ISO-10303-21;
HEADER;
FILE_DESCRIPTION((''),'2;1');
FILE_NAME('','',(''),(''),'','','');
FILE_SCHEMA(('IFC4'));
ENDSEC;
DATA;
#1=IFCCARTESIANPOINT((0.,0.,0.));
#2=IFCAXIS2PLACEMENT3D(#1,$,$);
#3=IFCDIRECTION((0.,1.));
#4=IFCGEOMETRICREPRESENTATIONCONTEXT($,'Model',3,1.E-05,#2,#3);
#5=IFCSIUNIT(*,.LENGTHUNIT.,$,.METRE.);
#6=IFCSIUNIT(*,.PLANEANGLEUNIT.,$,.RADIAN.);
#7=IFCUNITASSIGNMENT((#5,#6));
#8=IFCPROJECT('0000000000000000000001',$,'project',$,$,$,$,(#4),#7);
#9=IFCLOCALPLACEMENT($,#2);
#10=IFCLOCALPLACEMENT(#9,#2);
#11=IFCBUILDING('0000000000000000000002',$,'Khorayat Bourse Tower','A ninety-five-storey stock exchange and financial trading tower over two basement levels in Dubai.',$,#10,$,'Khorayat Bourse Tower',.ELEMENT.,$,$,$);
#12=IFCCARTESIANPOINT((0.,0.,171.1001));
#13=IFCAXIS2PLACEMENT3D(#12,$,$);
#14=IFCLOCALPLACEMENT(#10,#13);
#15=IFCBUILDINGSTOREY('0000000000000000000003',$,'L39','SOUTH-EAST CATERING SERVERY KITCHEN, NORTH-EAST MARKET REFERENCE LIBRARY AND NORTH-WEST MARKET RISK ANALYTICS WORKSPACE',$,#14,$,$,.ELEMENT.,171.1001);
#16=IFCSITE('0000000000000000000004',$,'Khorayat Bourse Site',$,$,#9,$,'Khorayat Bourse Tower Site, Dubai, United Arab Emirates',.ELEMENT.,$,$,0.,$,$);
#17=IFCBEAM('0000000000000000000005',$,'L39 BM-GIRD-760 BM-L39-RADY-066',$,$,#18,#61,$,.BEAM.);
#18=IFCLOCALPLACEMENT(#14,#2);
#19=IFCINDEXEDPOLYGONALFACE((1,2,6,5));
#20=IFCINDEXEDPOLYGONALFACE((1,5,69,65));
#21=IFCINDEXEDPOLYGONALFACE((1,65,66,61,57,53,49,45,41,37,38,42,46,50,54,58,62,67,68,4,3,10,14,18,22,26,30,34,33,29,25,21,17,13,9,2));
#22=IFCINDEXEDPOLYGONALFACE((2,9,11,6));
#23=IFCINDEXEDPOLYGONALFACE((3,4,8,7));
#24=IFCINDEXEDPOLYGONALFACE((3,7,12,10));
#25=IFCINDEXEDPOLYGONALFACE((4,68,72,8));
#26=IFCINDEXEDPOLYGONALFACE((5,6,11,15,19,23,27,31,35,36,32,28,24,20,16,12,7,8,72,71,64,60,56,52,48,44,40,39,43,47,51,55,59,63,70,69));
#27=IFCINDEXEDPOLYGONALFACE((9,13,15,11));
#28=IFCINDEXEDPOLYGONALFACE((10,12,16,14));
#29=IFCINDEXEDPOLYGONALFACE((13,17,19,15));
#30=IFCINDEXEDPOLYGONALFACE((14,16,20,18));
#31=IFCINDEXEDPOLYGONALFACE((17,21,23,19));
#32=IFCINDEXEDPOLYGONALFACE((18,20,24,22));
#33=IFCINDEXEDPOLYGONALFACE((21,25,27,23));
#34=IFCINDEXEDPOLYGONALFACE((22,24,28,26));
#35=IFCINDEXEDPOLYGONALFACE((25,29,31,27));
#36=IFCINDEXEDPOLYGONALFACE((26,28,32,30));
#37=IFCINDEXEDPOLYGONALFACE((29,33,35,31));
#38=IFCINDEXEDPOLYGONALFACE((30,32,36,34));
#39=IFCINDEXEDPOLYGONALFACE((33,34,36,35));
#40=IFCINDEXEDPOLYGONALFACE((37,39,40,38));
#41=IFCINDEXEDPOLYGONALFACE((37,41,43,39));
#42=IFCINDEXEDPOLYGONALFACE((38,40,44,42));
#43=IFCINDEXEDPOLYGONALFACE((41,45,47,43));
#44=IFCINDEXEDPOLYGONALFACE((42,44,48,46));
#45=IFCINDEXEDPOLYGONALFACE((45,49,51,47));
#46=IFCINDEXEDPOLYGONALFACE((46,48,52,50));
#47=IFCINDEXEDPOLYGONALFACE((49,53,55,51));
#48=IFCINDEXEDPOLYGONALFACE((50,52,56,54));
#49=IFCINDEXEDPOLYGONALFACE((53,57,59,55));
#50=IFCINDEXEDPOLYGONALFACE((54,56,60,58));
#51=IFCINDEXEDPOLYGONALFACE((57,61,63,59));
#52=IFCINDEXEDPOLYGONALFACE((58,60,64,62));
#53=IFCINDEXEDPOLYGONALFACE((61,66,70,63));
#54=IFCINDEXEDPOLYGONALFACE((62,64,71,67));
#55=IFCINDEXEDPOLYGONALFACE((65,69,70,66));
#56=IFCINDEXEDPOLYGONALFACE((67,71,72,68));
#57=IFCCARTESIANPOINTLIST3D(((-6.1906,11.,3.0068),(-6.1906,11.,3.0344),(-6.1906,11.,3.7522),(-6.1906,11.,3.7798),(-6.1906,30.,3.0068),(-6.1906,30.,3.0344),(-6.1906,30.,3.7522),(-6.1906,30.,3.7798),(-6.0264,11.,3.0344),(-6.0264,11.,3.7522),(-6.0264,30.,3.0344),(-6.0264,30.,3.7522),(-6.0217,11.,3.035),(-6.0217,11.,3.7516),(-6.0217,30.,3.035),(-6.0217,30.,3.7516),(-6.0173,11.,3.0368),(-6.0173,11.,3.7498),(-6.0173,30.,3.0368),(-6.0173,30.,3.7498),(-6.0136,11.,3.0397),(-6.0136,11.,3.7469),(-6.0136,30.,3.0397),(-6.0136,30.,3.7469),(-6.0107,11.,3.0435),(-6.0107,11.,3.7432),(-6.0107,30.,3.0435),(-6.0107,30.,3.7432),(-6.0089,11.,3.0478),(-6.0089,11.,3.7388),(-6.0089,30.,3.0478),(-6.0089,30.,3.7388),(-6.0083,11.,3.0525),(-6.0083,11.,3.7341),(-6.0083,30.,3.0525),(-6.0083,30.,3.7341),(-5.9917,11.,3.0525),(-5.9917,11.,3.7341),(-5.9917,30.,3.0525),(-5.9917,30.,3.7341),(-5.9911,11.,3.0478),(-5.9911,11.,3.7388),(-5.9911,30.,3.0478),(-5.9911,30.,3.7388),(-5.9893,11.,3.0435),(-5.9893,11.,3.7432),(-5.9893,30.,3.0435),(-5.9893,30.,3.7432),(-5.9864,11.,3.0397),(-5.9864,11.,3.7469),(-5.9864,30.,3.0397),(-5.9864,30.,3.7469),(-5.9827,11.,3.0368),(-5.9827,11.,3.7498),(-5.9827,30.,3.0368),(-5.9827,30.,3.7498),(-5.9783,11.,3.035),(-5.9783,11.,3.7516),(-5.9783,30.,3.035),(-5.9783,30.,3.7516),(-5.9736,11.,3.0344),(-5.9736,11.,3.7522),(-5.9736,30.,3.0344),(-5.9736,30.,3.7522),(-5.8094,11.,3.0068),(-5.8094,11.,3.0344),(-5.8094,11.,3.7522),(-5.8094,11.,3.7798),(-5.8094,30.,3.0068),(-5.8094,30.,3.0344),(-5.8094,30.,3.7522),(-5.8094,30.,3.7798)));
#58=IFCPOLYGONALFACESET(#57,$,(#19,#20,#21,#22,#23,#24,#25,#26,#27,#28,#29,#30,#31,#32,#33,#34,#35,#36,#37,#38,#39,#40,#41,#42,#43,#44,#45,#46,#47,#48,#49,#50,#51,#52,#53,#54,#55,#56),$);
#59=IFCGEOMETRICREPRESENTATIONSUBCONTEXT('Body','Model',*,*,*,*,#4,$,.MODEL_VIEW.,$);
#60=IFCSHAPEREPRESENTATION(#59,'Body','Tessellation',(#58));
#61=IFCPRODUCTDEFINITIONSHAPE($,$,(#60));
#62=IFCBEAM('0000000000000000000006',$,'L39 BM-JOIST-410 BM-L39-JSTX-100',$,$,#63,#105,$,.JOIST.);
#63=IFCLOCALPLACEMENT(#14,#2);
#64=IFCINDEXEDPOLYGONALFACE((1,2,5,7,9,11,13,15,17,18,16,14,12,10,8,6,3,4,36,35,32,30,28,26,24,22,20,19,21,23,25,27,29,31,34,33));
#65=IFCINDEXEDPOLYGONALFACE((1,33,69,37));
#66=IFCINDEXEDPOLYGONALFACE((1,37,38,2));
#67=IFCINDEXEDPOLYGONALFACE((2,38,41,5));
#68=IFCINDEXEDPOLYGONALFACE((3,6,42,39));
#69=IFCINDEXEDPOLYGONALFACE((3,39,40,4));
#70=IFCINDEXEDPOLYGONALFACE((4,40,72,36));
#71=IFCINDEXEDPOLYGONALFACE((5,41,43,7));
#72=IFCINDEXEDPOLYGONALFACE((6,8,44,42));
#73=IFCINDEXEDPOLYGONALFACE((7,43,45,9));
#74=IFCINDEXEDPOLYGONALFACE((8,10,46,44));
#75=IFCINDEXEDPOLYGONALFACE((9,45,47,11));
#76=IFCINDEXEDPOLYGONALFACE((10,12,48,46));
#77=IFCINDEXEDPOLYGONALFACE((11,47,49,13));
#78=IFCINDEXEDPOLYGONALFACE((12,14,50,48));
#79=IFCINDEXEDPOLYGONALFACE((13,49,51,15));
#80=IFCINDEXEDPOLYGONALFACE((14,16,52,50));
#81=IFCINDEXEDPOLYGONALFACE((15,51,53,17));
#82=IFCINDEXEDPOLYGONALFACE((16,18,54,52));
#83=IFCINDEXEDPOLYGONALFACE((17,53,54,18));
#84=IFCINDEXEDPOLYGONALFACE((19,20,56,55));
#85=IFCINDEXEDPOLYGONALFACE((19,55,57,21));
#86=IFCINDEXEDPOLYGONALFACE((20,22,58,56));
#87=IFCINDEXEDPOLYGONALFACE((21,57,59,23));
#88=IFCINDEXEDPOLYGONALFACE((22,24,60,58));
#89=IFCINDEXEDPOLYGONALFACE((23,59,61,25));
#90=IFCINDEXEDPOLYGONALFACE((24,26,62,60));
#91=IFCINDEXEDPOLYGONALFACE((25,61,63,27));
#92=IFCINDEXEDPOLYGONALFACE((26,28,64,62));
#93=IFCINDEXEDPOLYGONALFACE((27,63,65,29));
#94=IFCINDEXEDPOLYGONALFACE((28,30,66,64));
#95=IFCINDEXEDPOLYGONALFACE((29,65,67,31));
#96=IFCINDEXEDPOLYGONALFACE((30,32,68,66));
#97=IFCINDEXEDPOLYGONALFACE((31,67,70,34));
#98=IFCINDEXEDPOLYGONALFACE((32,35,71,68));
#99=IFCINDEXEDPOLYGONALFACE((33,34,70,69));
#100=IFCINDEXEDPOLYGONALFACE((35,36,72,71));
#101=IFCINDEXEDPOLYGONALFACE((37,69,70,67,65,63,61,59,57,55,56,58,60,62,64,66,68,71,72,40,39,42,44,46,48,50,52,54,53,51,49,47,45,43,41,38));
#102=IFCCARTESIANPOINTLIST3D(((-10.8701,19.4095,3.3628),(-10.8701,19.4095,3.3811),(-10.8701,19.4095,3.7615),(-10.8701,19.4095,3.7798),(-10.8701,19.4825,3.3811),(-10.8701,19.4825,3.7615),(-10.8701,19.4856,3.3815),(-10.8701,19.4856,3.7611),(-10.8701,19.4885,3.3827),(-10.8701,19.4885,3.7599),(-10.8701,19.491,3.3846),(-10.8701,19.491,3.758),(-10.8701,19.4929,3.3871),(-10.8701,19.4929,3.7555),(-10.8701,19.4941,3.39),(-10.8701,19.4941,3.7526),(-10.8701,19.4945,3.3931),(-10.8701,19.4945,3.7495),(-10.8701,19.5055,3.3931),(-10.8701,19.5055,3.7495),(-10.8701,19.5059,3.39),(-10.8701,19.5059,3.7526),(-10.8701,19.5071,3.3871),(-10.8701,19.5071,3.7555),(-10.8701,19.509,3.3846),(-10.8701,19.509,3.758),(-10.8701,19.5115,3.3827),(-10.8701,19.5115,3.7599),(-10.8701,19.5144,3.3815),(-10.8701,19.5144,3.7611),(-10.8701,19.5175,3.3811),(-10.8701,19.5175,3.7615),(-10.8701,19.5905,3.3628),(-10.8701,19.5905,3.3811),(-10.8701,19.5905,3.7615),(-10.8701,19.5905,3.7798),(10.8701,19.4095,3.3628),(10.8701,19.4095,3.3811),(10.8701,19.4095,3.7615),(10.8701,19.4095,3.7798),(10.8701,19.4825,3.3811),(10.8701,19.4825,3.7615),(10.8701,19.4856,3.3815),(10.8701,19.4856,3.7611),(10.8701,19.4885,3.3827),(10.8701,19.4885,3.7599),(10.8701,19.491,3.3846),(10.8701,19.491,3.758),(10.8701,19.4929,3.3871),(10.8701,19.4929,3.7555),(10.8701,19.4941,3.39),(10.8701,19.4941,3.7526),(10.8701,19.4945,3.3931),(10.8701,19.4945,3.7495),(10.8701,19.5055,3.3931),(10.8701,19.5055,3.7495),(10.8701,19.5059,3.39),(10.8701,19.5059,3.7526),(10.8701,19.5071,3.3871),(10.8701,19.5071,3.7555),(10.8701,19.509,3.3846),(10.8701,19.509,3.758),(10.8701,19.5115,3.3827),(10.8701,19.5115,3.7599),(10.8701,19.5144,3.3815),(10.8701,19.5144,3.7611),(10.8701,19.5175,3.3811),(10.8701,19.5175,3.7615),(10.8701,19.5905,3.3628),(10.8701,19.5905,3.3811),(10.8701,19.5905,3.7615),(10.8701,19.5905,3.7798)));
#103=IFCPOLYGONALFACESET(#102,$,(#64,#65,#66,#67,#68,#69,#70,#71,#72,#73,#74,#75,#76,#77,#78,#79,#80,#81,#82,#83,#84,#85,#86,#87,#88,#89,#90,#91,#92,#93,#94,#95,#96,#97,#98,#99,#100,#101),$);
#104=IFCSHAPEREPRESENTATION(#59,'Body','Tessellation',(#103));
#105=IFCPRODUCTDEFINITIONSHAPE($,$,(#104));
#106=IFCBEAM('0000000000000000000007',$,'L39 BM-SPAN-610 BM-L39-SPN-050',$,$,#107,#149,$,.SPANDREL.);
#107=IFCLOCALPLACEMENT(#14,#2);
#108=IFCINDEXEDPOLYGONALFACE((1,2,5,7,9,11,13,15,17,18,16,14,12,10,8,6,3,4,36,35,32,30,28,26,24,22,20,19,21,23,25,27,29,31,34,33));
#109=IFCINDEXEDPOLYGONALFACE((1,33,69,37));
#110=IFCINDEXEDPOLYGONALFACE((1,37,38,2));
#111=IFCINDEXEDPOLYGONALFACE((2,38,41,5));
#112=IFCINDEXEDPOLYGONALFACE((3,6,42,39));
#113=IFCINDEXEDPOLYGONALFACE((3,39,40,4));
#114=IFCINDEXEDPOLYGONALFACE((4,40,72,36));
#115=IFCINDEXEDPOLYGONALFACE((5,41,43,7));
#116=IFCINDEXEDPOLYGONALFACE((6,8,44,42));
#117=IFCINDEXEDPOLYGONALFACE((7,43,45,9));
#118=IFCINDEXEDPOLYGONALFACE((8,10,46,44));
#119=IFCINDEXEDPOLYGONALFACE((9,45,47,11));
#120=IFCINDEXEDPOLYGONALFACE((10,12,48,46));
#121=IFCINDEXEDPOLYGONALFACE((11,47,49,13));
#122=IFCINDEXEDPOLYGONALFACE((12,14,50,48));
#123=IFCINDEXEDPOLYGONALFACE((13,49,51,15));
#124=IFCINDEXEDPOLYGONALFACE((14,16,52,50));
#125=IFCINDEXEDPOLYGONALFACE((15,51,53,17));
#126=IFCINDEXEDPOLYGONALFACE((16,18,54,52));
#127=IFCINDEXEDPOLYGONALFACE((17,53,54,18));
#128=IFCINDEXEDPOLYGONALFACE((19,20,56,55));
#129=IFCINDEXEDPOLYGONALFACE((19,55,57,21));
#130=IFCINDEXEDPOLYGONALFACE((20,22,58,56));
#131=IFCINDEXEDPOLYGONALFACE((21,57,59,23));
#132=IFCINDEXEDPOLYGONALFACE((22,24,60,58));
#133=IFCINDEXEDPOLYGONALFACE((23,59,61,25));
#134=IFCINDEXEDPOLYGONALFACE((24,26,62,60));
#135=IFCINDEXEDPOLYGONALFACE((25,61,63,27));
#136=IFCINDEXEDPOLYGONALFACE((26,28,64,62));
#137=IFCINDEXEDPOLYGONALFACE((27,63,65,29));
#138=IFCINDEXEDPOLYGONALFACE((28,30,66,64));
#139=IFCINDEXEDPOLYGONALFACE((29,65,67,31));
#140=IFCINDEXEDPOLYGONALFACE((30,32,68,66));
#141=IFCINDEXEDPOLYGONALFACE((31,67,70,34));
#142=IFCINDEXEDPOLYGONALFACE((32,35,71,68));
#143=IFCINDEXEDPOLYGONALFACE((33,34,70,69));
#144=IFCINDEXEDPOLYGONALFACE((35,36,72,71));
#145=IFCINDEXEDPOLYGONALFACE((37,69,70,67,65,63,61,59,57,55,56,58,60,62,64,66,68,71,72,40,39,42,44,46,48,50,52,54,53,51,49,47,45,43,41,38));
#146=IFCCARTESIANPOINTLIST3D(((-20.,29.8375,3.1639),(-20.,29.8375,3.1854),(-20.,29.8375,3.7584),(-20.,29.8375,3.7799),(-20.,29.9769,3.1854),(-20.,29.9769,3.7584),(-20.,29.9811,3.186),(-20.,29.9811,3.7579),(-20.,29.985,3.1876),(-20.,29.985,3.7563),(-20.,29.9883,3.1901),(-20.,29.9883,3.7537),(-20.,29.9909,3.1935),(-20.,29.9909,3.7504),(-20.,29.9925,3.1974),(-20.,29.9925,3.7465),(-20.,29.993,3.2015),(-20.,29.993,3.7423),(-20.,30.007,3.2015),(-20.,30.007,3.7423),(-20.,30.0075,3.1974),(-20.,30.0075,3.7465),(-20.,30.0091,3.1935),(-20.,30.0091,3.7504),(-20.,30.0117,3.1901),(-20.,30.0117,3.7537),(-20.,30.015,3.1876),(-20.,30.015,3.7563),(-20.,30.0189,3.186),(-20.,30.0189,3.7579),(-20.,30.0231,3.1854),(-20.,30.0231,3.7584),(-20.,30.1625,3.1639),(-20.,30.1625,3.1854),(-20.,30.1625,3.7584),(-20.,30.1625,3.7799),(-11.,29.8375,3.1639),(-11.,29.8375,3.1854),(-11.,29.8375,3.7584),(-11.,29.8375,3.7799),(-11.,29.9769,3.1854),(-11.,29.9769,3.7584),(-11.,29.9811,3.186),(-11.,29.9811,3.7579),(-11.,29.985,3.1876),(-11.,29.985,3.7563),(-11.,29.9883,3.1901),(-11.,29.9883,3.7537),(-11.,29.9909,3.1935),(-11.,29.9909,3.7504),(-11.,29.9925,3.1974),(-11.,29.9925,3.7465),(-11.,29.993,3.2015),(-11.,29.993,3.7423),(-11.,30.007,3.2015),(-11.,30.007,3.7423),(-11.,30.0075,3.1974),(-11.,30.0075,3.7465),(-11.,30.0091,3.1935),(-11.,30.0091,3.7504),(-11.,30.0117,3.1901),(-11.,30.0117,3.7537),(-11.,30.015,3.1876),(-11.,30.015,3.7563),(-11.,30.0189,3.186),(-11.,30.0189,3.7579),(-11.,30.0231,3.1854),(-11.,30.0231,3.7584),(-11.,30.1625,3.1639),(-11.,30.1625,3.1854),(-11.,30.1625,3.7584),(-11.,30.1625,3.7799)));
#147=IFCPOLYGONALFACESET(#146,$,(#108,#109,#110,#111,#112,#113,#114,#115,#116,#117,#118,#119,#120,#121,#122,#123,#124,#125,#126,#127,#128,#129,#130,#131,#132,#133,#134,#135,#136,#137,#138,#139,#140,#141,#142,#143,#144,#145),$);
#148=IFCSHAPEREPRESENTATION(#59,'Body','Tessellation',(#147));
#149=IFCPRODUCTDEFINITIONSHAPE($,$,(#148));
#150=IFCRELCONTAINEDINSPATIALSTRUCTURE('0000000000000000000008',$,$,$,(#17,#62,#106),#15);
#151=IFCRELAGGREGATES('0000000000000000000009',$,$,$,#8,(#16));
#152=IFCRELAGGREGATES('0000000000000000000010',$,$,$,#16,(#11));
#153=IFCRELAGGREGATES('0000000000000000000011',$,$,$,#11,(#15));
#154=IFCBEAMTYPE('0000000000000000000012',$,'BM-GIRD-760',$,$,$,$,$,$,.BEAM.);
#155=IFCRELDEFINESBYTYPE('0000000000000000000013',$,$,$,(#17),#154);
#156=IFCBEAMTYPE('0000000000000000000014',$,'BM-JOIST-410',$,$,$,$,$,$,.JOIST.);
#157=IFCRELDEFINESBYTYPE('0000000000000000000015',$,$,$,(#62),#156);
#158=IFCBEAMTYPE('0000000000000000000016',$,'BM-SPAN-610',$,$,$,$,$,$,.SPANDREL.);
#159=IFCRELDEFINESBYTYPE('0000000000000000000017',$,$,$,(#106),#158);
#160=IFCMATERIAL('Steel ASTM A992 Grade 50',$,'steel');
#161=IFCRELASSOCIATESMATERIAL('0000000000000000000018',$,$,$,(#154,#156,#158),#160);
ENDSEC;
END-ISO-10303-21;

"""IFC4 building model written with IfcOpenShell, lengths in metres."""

from ifc_helpers import new_model, si_unit, direction, frame, origin, origin_2d, place, context, subcontext, project, spatial, i_section, extrude, source, transform, mapped, material, material_profile, profile_set, type_object, element, save


model = new_model("IFC4")

# Units and contexts
model_context = context("Model", 3, precision=1e-05, world=origin(), true_north=direction((0.0, 1.0)))
body_context = subcontext(model_context, "Body", "Model", "MODEL_VIEW")
ifc_project = project(units=[si_unit("LENGTHUNIT", "METRE"), si_unit("PLANEANGLEUNIT", "RADIAN")], contexts=[model_context])

# Site, building, storey
site_placement = place(None, origin())
site = spatial("IfcSite", under=ifc_project, at=site_placement, Name="Khorayat Bourse Site", LongName="Khorayat Bourse Tower Site, Dubai, United Arab Emirates", CompositionType="ELEMENT", RefElevation=0.0)
building_placement = place(site_placement, origin())
building = spatial("IfcBuilding", under=site, at=building_placement, Name="Khorayat Bourse Tower", Description="A ninety-five-storey stock exchange and financial trading tower over two basement levels in Dubai.", LongName="Khorayat Bourse Tower", CompositionType="ELEMENT")
storey_placement = place(building_placement, frame((0.0, 0.0, 171.1001)))
storey = spatial("IfcBuildingStorey", under=building, at=storey_placement, Name="L39", Description="SOUTH-EAST CATERING SERVERY KITCHEN, NORTH-EAST MARKET REFERENCE LIBRARY AND NORTH-WEST MARKET RISK ANALYTICS WORKSPACE", CompositionType="ELEMENT", Elevation=171.1001)

# Beams
ifc_material_1 = material(Name="Steel ASTM A992 Grade 50", Category="steel")
ifc_material_profile_1 = material_profile(ifc_material_1, i_section(OverallWidth=0.3811, OverallDepth=0.7729, WebThickness=0.0166, FlangeThickness=0.0276, FilletRadius=0.0181, at=origin_2d()), Name="W760X257")
ifc_profile_set_1 = profile_set([ifc_material_profile_1], Name="Steel ASTM A992 Grade 50")
beam_type_1 = type_object("IfcBeamType", Name="BM-GIRD-760", PredefinedType="BEAM", material=ifc_profile_set_1)
shared_shape_1 = source(origin(), body_context, "Body", "SweptSolid", [
    extrude(i_section(OverallWidth=0.3811, OverallDepth=0.7729, WebThickness=0.0166, FlangeThickness=0.0276, FilletRadius=0.0181, at=origin_2d()), origin(), (0.0, 0.0, 1.0), 19.0),
])
for number, where, z_axis, x_axis, name in (
    (1, (-6.0, 11.0, 3.3933), (0.0, 1.0, 0.0), (-1.0, 0.0, 0.0), "L39 BM-GIRD-760 BM-L39-RADY-066"),
):
    element("IfcBeam", number, at=place(storey_placement, frame(where, z_axis=z_axis, x_axis=x_axis)), inside=storey, type_object=beam_type_1, Name=name, PredefinedType="BEAM", context=body_context, shape_type="MappedRepresentation", body=[
        mapped(shared_shape_1, transform((0.0, 0.0, 0.0), scale=1.0)),
    ])
ifc_material_profile_2 = material_profile(ifc_material_1, i_section(OverallWidth=0.1809, OverallDepth=0.417, WebThickness=0.011, FlangeThickness=0.0183, FilletRadius=0.012, at=origin_2d()), Name="W410X85")
ifc_profile_set_2 = profile_set([ifc_material_profile_2], Name="Steel ASTM A992 Grade 50")
beam_type_2 = type_object("IfcBeamType", Name="BM-JOIST-410", PredefinedType="JOIST", material=ifc_profile_set_2)
shared_shape_2 = source(origin(), body_context, "Body", "SweptSolid", [
    extrude(i_section(OverallWidth=0.1809, OverallDepth=0.417, WebThickness=0.011, FlangeThickness=0.0183, FilletRadius=0.012, at=origin_2d()), origin(), (0.0, 0.0, 1.0), 21.7402),
])
beam_1_placement = place(storey_placement, frame((-10.8701, 19.5, 3.5713), z_axis=(1.0, 0.0, 0.0), x_axis=(0.0, 1.0, 0.0)))
element("IfcBeam", 2, at=beam_1_placement, inside=storey, type_object=beam_type_2, Name="L39 BM-JOIST-410 BM-L39-JSTX-100", PredefinedType="JOIST", context=body_context, shape_type="MappedRepresentation", body=[
    mapped(shared_shape_2, transform((0.0, 0.0, 0.0), scale=1.0)),
])
ifc_material_profile_3 = material_profile(ifc_material_1, i_section(OverallWidth=0.325, OverallDepth=0.616, WebThickness=0.0139, FlangeThickness=0.0215, FilletRadius=0.0161, at=origin_2d()), Name="W610X174")
ifc_profile_set_3 = profile_set([ifc_material_profile_3], Name="Steel ASTM A992 Grade 50")
beam_type_3 = type_object("IfcBeamType", Name="BM-SPAN-610", PredefinedType="SPANDREL", material=ifc_profile_set_3)
shared_shape_3 = source(origin(), body_context, "Body", "SweptSolid", [
    extrude(i_section(OverallWidth=0.325, OverallDepth=0.616, WebThickness=0.0139, FlangeThickness=0.0215, FilletRadius=0.0161, at=origin_2d()), origin(), (0.0, 0.0, 1.0), 9.0),
])
beam_2_placement = place(storey_placement, frame((-20.0, 30.0, 3.4719), z_axis=(1.0, 0.0, 0.0), x_axis=(0.0, 1.0, 0.0)))
element("IfcBeam", 3, at=beam_2_placement, inside=storey, type_object=beam_type_3, Name="L39 BM-SPAN-610 BM-L39-SPN-050", PredefinedType="SPANDREL", context=body_context, shape_type="MappedRepresentation", body=[
    mapped(shared_shape_3, transform((0.0, 0.0, 0.0), scale=1.0)),
])

save(model, "model.ifc")
